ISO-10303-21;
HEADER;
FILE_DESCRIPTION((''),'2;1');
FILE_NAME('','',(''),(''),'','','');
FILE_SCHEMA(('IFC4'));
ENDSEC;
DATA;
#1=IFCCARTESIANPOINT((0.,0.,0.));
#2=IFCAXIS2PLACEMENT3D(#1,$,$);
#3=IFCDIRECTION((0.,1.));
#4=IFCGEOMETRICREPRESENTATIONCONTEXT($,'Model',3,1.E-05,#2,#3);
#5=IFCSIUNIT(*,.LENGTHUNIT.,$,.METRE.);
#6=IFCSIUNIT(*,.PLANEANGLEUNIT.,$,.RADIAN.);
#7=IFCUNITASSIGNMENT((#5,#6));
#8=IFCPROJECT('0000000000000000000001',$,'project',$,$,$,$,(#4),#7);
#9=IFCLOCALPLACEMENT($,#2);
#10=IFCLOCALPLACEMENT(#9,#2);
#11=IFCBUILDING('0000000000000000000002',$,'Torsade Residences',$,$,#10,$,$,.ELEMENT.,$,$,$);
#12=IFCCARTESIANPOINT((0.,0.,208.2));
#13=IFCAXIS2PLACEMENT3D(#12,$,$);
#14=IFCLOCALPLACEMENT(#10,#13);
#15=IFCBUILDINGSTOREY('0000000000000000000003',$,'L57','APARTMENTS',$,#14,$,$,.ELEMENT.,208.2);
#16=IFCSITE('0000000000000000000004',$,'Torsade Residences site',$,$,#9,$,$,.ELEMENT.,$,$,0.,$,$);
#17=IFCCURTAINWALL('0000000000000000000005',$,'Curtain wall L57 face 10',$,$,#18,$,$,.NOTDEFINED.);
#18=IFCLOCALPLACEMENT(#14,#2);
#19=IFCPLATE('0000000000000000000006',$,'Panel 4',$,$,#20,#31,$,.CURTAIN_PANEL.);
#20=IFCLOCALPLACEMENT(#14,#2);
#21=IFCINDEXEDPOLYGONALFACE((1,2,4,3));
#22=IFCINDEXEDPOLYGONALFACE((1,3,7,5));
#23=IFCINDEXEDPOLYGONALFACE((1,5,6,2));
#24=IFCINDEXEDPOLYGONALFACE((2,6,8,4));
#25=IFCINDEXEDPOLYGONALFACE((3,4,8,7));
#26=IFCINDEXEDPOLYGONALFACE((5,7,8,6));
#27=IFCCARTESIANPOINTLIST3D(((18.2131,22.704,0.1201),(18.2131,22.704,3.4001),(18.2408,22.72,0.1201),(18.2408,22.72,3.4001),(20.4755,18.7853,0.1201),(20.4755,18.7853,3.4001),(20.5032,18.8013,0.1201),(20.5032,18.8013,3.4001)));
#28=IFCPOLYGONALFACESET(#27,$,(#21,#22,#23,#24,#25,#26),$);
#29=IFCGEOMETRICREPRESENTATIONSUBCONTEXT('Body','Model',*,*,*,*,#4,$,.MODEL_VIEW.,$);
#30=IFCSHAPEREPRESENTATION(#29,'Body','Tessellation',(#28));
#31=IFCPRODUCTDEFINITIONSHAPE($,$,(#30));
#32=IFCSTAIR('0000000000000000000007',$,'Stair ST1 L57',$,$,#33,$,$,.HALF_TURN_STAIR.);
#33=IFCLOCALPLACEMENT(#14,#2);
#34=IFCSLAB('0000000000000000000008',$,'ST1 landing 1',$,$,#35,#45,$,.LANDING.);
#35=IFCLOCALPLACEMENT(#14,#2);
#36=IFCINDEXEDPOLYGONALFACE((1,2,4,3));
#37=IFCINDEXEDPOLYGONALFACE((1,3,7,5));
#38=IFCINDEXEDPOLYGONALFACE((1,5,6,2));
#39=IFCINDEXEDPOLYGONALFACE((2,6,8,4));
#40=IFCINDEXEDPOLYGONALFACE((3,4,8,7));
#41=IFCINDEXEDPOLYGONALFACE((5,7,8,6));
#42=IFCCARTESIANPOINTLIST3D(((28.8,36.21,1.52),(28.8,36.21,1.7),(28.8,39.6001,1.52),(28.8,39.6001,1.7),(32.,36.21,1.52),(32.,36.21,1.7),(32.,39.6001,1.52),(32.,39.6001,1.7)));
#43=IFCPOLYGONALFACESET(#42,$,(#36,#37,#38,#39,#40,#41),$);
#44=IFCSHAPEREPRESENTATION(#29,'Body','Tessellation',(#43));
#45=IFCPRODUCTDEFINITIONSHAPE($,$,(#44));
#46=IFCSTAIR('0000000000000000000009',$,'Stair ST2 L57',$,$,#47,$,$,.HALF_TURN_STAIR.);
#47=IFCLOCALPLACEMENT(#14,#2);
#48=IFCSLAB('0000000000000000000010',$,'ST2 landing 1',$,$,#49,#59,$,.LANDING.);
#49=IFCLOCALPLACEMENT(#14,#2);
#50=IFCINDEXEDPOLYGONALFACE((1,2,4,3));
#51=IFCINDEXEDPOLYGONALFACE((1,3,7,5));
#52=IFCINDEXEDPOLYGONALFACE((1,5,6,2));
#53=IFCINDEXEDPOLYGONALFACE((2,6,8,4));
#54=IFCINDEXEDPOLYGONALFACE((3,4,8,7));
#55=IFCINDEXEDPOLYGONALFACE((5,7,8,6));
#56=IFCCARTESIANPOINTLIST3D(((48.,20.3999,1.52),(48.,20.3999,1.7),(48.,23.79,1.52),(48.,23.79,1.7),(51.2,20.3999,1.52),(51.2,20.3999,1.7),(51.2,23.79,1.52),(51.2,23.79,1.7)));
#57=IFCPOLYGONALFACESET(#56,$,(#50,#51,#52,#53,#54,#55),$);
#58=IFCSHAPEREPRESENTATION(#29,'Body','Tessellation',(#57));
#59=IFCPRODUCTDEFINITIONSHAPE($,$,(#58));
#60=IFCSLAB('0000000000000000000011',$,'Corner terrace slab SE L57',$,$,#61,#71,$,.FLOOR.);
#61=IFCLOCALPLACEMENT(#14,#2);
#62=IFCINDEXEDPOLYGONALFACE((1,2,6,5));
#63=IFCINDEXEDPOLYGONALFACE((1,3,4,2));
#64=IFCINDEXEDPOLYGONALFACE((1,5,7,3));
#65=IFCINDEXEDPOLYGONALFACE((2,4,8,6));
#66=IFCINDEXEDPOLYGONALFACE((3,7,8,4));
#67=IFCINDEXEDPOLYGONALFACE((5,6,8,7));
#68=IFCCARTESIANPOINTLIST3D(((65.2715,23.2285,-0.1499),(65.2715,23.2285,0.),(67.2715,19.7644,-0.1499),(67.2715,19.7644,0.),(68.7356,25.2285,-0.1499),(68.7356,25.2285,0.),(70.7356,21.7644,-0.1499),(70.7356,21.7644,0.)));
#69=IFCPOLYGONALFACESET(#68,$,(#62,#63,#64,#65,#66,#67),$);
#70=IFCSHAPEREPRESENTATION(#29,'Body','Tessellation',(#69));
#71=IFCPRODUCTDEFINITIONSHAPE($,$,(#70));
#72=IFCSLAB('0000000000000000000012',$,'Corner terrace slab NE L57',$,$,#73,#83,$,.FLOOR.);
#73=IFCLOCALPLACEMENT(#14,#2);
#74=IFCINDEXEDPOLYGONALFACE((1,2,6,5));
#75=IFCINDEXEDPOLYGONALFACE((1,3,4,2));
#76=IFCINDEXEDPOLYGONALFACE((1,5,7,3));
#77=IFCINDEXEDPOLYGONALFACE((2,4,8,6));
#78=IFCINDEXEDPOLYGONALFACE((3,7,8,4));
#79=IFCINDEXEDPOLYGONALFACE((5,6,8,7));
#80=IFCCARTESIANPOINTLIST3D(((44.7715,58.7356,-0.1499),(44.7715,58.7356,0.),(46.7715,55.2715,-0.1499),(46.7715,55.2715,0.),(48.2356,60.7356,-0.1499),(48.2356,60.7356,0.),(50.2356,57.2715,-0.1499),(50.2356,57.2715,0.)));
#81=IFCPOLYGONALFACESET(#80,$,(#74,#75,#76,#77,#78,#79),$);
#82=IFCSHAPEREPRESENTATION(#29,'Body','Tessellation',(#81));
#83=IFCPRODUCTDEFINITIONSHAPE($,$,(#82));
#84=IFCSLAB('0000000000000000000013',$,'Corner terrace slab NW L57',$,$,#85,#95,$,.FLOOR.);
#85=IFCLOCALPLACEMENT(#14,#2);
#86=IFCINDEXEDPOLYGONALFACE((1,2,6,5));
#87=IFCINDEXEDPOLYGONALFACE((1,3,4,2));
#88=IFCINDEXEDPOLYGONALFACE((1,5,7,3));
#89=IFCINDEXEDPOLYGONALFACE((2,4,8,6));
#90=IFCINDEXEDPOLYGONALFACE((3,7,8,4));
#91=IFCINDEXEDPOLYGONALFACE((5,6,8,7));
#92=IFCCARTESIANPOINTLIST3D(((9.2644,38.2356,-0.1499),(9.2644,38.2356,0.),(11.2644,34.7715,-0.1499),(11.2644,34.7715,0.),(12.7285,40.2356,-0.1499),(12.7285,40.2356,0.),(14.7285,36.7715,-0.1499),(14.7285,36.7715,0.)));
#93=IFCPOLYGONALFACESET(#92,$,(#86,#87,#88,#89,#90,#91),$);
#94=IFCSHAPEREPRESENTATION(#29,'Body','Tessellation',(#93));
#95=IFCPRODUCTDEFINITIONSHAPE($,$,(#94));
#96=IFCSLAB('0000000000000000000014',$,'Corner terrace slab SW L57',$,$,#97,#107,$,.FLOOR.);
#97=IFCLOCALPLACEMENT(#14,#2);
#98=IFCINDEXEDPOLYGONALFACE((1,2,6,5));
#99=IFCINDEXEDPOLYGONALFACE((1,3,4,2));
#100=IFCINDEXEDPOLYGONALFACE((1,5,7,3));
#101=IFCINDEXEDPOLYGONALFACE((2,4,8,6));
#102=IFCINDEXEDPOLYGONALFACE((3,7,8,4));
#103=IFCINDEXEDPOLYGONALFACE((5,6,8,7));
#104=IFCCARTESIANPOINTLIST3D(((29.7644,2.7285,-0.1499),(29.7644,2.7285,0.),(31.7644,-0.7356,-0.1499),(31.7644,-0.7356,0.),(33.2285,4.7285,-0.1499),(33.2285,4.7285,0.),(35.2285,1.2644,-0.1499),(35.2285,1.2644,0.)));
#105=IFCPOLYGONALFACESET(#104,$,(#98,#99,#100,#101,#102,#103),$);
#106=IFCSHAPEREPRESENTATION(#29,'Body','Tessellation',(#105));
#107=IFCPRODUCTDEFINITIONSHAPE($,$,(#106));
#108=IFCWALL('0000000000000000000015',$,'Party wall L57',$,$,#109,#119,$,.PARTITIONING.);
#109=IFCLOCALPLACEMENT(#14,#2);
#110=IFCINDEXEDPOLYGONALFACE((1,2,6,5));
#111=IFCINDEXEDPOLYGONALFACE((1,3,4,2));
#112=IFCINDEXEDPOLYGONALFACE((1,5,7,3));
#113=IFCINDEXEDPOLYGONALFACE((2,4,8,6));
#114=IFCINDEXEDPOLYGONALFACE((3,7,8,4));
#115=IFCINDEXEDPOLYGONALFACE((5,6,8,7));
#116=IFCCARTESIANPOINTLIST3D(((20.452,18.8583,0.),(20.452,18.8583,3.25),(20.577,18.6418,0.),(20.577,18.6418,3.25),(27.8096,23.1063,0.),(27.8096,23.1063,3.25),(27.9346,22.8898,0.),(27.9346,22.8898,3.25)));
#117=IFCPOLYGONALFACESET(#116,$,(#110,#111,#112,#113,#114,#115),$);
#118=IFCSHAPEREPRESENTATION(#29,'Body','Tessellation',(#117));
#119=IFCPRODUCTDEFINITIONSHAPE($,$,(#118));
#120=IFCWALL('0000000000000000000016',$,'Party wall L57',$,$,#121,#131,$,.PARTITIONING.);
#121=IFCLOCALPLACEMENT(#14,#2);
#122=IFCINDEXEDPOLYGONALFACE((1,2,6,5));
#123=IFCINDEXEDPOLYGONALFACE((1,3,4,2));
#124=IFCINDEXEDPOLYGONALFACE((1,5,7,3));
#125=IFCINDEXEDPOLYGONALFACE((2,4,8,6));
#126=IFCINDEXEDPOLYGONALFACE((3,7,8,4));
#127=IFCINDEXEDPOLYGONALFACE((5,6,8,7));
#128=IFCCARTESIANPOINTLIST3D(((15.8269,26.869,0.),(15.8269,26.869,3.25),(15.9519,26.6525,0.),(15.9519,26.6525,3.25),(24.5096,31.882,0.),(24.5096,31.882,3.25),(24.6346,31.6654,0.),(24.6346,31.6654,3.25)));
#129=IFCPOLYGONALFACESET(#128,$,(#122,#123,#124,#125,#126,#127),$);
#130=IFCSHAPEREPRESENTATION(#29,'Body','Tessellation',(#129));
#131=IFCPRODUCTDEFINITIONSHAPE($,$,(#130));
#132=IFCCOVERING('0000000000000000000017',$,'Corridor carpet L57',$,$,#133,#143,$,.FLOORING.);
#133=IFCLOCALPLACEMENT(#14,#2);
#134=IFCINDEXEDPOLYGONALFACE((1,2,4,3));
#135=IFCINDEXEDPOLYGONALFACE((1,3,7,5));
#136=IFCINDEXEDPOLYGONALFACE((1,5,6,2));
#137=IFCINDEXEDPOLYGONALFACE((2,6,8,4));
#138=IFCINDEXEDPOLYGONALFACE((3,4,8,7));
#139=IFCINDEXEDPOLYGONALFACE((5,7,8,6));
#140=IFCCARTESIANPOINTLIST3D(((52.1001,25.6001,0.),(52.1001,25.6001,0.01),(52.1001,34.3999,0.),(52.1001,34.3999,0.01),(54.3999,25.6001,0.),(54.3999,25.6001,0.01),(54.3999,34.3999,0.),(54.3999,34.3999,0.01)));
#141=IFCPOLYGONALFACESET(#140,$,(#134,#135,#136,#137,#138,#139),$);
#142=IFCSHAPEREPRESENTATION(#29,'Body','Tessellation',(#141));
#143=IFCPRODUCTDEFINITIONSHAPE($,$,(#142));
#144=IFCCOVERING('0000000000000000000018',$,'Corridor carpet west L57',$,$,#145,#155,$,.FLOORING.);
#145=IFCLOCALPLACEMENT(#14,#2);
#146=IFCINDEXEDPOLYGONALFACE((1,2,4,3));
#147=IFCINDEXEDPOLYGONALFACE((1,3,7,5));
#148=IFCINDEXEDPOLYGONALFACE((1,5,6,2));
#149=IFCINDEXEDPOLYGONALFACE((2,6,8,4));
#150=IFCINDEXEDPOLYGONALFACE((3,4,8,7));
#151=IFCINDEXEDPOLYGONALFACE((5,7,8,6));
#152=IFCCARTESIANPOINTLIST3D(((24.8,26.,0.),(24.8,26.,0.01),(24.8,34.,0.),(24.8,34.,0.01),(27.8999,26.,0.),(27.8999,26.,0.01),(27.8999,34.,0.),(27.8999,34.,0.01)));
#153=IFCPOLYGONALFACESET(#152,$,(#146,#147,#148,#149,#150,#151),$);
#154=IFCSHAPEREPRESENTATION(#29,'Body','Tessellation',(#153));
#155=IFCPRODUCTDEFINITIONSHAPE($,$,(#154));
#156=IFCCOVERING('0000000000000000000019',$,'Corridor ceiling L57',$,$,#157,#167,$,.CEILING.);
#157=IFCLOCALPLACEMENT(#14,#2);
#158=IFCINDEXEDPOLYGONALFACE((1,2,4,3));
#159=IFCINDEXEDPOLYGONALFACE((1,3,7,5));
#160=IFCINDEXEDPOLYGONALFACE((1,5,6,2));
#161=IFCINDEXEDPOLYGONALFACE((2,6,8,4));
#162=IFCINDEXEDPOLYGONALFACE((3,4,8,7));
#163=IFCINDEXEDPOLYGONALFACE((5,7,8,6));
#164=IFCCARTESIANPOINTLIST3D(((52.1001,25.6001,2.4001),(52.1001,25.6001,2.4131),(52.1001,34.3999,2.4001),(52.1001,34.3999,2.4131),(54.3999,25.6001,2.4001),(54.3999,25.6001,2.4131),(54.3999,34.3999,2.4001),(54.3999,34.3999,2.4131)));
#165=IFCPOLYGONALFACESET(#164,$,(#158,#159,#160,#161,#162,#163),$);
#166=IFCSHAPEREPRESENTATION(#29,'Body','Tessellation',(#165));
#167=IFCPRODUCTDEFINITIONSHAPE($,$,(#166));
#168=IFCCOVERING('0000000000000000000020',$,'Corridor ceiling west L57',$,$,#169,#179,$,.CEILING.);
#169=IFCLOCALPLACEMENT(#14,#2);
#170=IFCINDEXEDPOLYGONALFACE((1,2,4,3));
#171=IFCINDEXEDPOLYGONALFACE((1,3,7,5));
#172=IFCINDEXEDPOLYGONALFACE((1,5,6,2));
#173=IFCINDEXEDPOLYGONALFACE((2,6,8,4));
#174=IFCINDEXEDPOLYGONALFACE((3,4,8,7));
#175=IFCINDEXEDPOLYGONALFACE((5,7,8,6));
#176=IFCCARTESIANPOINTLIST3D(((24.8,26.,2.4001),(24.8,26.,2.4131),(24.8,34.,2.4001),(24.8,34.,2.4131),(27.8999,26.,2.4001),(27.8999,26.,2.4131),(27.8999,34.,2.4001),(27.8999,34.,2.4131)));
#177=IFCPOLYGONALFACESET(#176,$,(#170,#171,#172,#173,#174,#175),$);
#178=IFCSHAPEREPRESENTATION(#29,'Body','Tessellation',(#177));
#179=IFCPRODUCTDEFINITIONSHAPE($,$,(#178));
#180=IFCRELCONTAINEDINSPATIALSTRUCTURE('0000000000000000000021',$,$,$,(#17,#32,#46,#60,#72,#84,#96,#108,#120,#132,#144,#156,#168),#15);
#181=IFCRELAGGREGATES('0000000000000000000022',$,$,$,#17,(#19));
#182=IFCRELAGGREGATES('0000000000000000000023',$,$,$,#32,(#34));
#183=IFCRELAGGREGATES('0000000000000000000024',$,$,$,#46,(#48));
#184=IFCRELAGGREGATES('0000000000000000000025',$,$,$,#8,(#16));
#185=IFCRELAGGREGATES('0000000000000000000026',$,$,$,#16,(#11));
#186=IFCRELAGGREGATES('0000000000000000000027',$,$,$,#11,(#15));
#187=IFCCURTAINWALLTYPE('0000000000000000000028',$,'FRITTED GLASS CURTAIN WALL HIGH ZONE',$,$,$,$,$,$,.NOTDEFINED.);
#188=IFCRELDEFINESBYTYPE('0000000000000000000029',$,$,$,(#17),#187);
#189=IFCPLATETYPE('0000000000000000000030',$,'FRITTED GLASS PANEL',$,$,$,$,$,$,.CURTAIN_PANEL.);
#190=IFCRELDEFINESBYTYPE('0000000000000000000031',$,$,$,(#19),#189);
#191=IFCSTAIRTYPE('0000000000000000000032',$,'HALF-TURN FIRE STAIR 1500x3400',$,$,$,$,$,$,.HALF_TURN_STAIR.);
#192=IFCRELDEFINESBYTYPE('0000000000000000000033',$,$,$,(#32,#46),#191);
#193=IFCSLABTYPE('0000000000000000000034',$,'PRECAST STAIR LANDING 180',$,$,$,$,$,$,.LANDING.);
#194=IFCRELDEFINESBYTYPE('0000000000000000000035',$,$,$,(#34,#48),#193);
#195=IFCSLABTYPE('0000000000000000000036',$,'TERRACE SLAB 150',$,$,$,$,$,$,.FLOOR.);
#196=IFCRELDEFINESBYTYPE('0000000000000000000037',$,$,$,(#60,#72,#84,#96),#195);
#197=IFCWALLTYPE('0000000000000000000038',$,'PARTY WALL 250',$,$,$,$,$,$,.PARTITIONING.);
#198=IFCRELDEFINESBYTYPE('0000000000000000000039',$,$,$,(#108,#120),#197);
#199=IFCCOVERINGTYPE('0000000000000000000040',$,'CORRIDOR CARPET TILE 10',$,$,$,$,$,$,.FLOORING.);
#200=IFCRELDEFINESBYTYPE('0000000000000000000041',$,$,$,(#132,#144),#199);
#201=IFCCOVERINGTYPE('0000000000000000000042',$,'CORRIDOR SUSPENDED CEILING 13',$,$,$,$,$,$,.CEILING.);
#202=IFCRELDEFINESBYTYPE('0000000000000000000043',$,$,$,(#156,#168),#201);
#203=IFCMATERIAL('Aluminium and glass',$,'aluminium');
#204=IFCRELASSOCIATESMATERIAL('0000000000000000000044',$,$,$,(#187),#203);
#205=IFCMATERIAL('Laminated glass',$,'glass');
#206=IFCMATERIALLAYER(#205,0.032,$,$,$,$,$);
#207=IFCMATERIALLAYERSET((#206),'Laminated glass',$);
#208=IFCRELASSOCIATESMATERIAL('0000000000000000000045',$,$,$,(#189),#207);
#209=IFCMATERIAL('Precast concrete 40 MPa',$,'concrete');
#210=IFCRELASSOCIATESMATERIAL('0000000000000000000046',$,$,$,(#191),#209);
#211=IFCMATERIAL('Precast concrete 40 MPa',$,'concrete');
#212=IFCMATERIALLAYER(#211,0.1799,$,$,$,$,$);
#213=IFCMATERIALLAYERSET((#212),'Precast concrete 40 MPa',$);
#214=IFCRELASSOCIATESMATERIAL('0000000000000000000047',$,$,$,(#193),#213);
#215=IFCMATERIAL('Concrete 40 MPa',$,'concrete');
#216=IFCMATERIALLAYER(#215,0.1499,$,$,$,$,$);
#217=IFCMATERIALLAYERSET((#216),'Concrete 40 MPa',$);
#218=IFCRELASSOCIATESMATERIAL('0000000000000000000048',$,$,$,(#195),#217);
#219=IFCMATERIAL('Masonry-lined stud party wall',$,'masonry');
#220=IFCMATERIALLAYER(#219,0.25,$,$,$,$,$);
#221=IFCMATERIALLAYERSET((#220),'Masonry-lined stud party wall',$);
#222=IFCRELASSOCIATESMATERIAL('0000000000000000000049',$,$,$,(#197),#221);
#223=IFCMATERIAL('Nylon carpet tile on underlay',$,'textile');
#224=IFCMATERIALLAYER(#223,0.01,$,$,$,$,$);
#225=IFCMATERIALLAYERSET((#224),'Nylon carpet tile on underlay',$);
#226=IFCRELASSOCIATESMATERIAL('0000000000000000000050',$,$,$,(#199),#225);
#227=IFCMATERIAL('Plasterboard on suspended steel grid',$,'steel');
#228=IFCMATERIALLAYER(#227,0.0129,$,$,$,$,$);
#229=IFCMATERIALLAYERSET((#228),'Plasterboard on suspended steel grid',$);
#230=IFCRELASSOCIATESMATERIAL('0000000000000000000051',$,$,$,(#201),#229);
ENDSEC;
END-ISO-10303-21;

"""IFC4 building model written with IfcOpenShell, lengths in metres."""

from ifc_helpers import new_model, si_unit, direction, frame, frame_2d, origin, origin_2d, place, context, subcontext, project, spatial, polyline, rectangle, outline, extrude, material, layer, layer_set, type_object, element, aggregate, save


model = new_model("IFC4")

# Units and contexts
model_context = context("Model", 3, precision=1e-05, world=origin(), true_north=direction((0.0, 1.0)))
body_context = subcontext(model_context, "Body", "Model", "MODEL_VIEW")
ifc_project = project(units=[si_unit("LENGTHUNIT", "METRE"), si_unit("PLANEANGLEUNIT", "RADIAN")], contexts=[model_context])

# Site, building, storey
site_placement = place(None, origin())
site = spatial("IfcSite", under=ifc_project, at=site_placement, Name="Torsade Residences site", CompositionType="ELEMENT", RefElevation=0.0)
building_placement = place(site_placement, origin())
building = spatial("IfcBuilding", under=site, at=building_placement, Name="Torsade Residences", CompositionType="ELEMENT")
storey_placement = place(building_placement, frame((0.0, 0.0, 208.2)))
storey = spatial("IfcBuildingStorey", under=building, at=storey_placement, Name="L57", Description="APARTMENTS", CompositionType="ELEMENT", Elevation=208.2)

# Curtain wall
ifc_material_1 = material(Name="Aluminium and glass", Category="aluminium")
curtain_wall_type = type_object("IfcCurtainWallType", Name="FRITTED GLASS CURTAIN WALL HIGH ZONE", PredefinedType="NOTDEFINED", material=ifc_material_1)
curtain_wall_placement = place(storey_placement, origin())
curtain_wall = element("IfcCurtainWall", 1, at=curtain_wall_placement, inside=storey, type_object=curtain_wall_type, Name="Curtain wall L57 face 10", PredefinedType="NOTDEFINED")

# Plate
ifc_material_2 = material(Name="Laminated glass", Category="glass")
ifc_layer_1 = layer(ifc_material_2, 0.032)
ifc_layer_set_1 = layer_set([ifc_layer_1], Name="Laminated glass")
plate_type = type_object("IfcPlateType", Name="FRITTED GLASS PANEL", PredefinedType="CURTAIN_PANEL", material=ifc_layer_set_1)
plate_1_placement = place(storey_placement, frame((19.3582, 20.7527, 0.1201), z_axis=(0.0, 0.0, 1.0), x_axis=(0.5, -0.866025, 0.0)))
plate_1 = element("IfcPlate", 2, at=plate_1_placement, type_object=plate_type, Name="Panel 4", PredefinedType="CURTAIN_PANEL", context=body_context, shape_type="SweptSolid", body=[
    extrude(rectangle(XDim=4.5249, YDim=0.032, at=origin_2d()), origin(), (0.0, 0.0, 1.0), 3.28),
])
aggregate(curtain_wall, [plate_1])

# Stairs, slabs
ifc_material_3 = material(Name="Precast concrete 40 MPa", Category="concrete")
stair_type = type_object("IfcStairType", Name="HALF-TURN FIRE STAIR 1500x3400", PredefinedType="HALF_TURN_STAIR", material=ifc_material_3)
stair_1_placement = place(storey_placement, origin())
stair_1 = element("IfcStair", 3, at=stair_1_placement, inside=storey, type_object=stair_type, Name="Stair ST1 L57", PredefinedType="HALF_TURN_STAIR")
ifc_material_4 = material(Name="Precast concrete 40 MPa", Category="concrete")
ifc_layer_2 = layer(ifc_material_4, 0.1799)
ifc_layer_set_2 = layer_set([ifc_layer_2], Name="Precast concrete 40 MPa")
slab_type_1 = type_object("IfcSlabType", Name="PRECAST STAIR LANDING 180", PredefinedType="LANDING", material=ifc_layer_set_2)
slab_1_placement = place(storey_placement, frame((0.0, 0.0, 1.52)))
slab_1 = element("IfcSlab", 4, at=slab_1_placement, type_object=slab_type_1, Name="ST1 landing 1", PredefinedType="LANDING", context=body_context, shape_type="SweptSolid", body=[
    extrude(outline(polyline([(28.8, 36.21), (32.0, 36.21), (32.0, 39.6001), (28.8, 39.6001), (28.8, 36.21)])), origin(), (0.0, 0.0, 1.0), 0.1799),
])
aggregate(stair_1, [slab_1])
stair_2_placement = place(storey_placement, origin())
stair_2 = element("IfcStair", 5, at=stair_2_placement, inside=storey, type_object=stair_type, Name="Stair ST2 L57", PredefinedType="HALF_TURN_STAIR")
slab_2_placement = place(storey_placement, frame((0.0, 0.0, 1.52)))
slab_2 = element("IfcSlab", 6, at=slab_2_placement, type_object=slab_type_1, Name="ST2 landing 1", PredefinedType="LANDING", context=body_context, shape_type="SweptSolid", body=[
    extrude(outline(polyline([(48.0, 20.3999), (51.2, 20.3999), (51.2, 23.79), (48.0, 23.79), (48.0, 20.3999)])), origin(), (0.0, 0.0, 1.0), 0.1799),
])
aggregate(stair_2, [slab_2])

# Slabs
ifc_material_5 = material(Name="Concrete 40 MPa", Category="concrete")
ifc_layer_3 = layer(ifc_material_5, 0.1499)
ifc_layer_set_3 = layer_set([ifc_layer_3], Name="Concrete 40 MPa")
slab_type_2 = type_object("IfcSlabType", Name="TERRACE SLAB 150", PredefinedType="FLOOR", material=ifc_layer_set_3)
slab_3_placement = place(storey_placement, frame((0.0, 0.0, -0.1499)))
element("IfcSlab", 7, at=slab_3_placement, inside=storey, type_object=slab_type_2, Name="Corner terrace slab SE L57", PredefinedType="FLOOR", context=body_context, shape_type="SweptSolid", body=[
    extrude(outline(polyline([(67.2715, 19.7644), (70.7356, 21.7644), (68.7356, 25.2285), (65.2715, 23.2285), (67.2715, 19.7644)])), origin(), (0.0, 0.0, 1.0), 0.1499),
])
slab_4_placement = place(storey_placement, frame((0.0, 0.0, -0.1499)))
element("IfcSlab", 8, at=slab_4_placement, inside=storey, type_object=slab_type_2, Name="Corner terrace slab NE L57", PredefinedType="FLOOR", context=body_context, shape_type="SweptSolid", body=[
    extrude(outline(polyline([(46.7715, 55.2715), (50.2356, 57.2715), (48.2356, 60.7356), (44.7715, 58.7356), (46.7715, 55.2715)])), origin(), (0.0, 0.0, 1.0), 0.1499),
])
slab_5_placement = place(storey_placement, frame((0.0, 0.0, -0.1499)))
element("IfcSlab", 9, at=slab_5_placement, inside=storey, type_object=slab_type_2, Name="Corner terrace slab NW L57", PredefinedType="FLOOR", context=body_context, shape_type="SweptSolid", body=[
    extrude(outline(polyline([(11.2644, 34.7715), (14.7285, 36.7715), (12.7285, 40.2356), (9.2644, 38.2356), (11.2644, 34.7715)])), origin(), (0.0, 0.0, 1.0), 0.1499),
])
slab_6_placement = place(storey_placement, frame((0.0, 0.0, -0.1499)))
element("IfcSlab", 10, at=slab_6_placement, inside=storey, type_object=slab_type_2, Name="Corner terrace slab SW L57", PredefinedType="FLOOR", context=body_context, shape_type="SweptSolid", body=[
    extrude(outline(polyline([(31.7644, -0.7356), (35.2285, 1.2644), (33.2285, 4.7285), (29.7644, 2.7285), (31.7644, -0.7356)])), origin(), (0.0, 0.0, 1.0), 0.1499),
])

# Walls
ifc_material_6 = material(Name="Masonry-lined stud party wall", Category="masonry")
ifc_layer_4 = layer(ifc_material_6, 0.25)
ifc_layer_set_4 = layer_set([ifc_layer_4], Name="Masonry-lined stud party wall")
wall_type = type_object("IfcWallType", Name="PARTY WALL 250", PredefinedType="PARTITIONING", material=ifc_layer_set_4)
wall_1_placement = place(storey_placement, frame((20.5144, 18.75, 0.0), z_axis=(0.0, 0.0, 1.0), x_axis=(0.86602, 0.500009, 0.0)))
element("IfcWall", 11, at=wall_1_placement, inside=storey, type_object=wall_type, Name="Party wall L57", PredefinedType="PARTITIONING", context=body_context, shape_type="SweptSolid", body=[
    extrude(rectangle(XDim=8.4958, YDim=0.25, at=frame_2d((4.248, 0.0))), origin(), (0.0, 0.0, 1.0), 3.25),
])
wall_2_placement = place(storey_placement, frame((15.8894, 26.7607, 0.0), z_axis=(0.0, 0.0, 1.0), x_axis=(0.866024, 0.500002, 0.0)))
element("IfcWall", 12, at=wall_2_placement, inside=storey, type_object=wall_type, Name="Party wall L57", PredefinedType="PARTITIONING", context=body_context, shape_type="SweptSolid", body=[
    extrude(rectangle(XDim=10.0259, YDim=0.25, at=frame_2d((5.0129, 0.0))), origin(), (0.0, 0.0, 1.0), 3.25),
])

# Coverings
ifc_material_7 = material(Name="Nylon carpet tile on underlay", Category="textile")
ifc_layer_5 = layer(ifc_material_7, 0.01)
ifc_layer_set_5 = layer_set([ifc_layer_5], Name="Nylon carpet tile on underlay")
covering_type_1 = type_object("IfcCoveringType", Name="CORRIDOR CARPET TILE 10", PredefinedType="FLOORING", material=ifc_layer_set_5)
covering_1_placement = place(storey_placement, origin())
element("IfcCovering", 13, at=covering_1_placement, inside=storey, type_object=covering_type_1, Name="Corridor carpet L57", PredefinedType="FLOORING", context=body_context, shape_type="SweptSolid", body=[
    extrude(outline(polyline([(54.3999, 25.6001), (54.3999, 34.3999), (52.1001, 34.3999), (52.1001, 25.6001), (54.3999, 25.6001)])), origin(), (0.0, 0.0, 1.0), 0.01),
])
covering_2_placement = place(storey_placement, origin())
element("IfcCovering", 14, at=covering_2_placement, inside=storey, type_object=covering_type_1, Name="Corridor carpet west L57", PredefinedType="FLOORING", context=body_context, shape_type="SweptSolid", body=[
    extrude(outline(polyline([(27.8999, 26.0), (27.8999, 34.0), (24.8, 34.0), (24.8, 26.0), (27.8999, 26.0)])), origin(), (0.0, 0.0, 1.0), 0.01),
])
ifc_material_8 = material(Name="Plasterboard on suspended steel grid", Category="steel")
ifc_layer_6 = layer(ifc_material_8, 0.0129)
ifc_layer_set_6 = layer_set([ifc_layer_6], Name="Plasterboard on suspended steel grid")
covering_type_2 = type_object("IfcCoveringType", Name="CORRIDOR SUSPENDED CEILING 13", PredefinedType="CEILING", material=ifc_layer_set_6)
covering_3_placement = place(storey_placement, frame((0.0, 0.0, 2.4001)))
element("IfcCovering", 15, at=covering_3_placement, inside=storey, type_object=covering_type_2, Name="Corridor ceiling L57", PredefinedType="CEILING", context=body_context, shape_type="SweptSolid", body=[
    extrude(outline(polyline([(54.3999, 25.6001), (54.3999, 34.3999), (52.1001, 34.3999), (52.1001, 25.6001), (54.3999, 25.6001)])), origin(), (0.0, 0.0, 1.0), 0.0129),
])
covering_4_placement = place(storey_placement, frame((0.0, 0.0, 2.4001)))
element("IfcCovering", 16, at=covering_4_placement, inside=storey, type_object=covering_type_2, Name="Corridor ceiling west L57", PredefinedType="CEILING", context=body_context, shape_type="SweptSolid", body=[
    extrude(outline(polyline([(27.8999, 26.0), (27.8999, 34.0), (24.8, 34.0), (24.8, 26.0), (27.8999, 26.0)])), origin(), (0.0, 0.0, 1.0), 0.0129),
])

save(model, "model.ifc")
